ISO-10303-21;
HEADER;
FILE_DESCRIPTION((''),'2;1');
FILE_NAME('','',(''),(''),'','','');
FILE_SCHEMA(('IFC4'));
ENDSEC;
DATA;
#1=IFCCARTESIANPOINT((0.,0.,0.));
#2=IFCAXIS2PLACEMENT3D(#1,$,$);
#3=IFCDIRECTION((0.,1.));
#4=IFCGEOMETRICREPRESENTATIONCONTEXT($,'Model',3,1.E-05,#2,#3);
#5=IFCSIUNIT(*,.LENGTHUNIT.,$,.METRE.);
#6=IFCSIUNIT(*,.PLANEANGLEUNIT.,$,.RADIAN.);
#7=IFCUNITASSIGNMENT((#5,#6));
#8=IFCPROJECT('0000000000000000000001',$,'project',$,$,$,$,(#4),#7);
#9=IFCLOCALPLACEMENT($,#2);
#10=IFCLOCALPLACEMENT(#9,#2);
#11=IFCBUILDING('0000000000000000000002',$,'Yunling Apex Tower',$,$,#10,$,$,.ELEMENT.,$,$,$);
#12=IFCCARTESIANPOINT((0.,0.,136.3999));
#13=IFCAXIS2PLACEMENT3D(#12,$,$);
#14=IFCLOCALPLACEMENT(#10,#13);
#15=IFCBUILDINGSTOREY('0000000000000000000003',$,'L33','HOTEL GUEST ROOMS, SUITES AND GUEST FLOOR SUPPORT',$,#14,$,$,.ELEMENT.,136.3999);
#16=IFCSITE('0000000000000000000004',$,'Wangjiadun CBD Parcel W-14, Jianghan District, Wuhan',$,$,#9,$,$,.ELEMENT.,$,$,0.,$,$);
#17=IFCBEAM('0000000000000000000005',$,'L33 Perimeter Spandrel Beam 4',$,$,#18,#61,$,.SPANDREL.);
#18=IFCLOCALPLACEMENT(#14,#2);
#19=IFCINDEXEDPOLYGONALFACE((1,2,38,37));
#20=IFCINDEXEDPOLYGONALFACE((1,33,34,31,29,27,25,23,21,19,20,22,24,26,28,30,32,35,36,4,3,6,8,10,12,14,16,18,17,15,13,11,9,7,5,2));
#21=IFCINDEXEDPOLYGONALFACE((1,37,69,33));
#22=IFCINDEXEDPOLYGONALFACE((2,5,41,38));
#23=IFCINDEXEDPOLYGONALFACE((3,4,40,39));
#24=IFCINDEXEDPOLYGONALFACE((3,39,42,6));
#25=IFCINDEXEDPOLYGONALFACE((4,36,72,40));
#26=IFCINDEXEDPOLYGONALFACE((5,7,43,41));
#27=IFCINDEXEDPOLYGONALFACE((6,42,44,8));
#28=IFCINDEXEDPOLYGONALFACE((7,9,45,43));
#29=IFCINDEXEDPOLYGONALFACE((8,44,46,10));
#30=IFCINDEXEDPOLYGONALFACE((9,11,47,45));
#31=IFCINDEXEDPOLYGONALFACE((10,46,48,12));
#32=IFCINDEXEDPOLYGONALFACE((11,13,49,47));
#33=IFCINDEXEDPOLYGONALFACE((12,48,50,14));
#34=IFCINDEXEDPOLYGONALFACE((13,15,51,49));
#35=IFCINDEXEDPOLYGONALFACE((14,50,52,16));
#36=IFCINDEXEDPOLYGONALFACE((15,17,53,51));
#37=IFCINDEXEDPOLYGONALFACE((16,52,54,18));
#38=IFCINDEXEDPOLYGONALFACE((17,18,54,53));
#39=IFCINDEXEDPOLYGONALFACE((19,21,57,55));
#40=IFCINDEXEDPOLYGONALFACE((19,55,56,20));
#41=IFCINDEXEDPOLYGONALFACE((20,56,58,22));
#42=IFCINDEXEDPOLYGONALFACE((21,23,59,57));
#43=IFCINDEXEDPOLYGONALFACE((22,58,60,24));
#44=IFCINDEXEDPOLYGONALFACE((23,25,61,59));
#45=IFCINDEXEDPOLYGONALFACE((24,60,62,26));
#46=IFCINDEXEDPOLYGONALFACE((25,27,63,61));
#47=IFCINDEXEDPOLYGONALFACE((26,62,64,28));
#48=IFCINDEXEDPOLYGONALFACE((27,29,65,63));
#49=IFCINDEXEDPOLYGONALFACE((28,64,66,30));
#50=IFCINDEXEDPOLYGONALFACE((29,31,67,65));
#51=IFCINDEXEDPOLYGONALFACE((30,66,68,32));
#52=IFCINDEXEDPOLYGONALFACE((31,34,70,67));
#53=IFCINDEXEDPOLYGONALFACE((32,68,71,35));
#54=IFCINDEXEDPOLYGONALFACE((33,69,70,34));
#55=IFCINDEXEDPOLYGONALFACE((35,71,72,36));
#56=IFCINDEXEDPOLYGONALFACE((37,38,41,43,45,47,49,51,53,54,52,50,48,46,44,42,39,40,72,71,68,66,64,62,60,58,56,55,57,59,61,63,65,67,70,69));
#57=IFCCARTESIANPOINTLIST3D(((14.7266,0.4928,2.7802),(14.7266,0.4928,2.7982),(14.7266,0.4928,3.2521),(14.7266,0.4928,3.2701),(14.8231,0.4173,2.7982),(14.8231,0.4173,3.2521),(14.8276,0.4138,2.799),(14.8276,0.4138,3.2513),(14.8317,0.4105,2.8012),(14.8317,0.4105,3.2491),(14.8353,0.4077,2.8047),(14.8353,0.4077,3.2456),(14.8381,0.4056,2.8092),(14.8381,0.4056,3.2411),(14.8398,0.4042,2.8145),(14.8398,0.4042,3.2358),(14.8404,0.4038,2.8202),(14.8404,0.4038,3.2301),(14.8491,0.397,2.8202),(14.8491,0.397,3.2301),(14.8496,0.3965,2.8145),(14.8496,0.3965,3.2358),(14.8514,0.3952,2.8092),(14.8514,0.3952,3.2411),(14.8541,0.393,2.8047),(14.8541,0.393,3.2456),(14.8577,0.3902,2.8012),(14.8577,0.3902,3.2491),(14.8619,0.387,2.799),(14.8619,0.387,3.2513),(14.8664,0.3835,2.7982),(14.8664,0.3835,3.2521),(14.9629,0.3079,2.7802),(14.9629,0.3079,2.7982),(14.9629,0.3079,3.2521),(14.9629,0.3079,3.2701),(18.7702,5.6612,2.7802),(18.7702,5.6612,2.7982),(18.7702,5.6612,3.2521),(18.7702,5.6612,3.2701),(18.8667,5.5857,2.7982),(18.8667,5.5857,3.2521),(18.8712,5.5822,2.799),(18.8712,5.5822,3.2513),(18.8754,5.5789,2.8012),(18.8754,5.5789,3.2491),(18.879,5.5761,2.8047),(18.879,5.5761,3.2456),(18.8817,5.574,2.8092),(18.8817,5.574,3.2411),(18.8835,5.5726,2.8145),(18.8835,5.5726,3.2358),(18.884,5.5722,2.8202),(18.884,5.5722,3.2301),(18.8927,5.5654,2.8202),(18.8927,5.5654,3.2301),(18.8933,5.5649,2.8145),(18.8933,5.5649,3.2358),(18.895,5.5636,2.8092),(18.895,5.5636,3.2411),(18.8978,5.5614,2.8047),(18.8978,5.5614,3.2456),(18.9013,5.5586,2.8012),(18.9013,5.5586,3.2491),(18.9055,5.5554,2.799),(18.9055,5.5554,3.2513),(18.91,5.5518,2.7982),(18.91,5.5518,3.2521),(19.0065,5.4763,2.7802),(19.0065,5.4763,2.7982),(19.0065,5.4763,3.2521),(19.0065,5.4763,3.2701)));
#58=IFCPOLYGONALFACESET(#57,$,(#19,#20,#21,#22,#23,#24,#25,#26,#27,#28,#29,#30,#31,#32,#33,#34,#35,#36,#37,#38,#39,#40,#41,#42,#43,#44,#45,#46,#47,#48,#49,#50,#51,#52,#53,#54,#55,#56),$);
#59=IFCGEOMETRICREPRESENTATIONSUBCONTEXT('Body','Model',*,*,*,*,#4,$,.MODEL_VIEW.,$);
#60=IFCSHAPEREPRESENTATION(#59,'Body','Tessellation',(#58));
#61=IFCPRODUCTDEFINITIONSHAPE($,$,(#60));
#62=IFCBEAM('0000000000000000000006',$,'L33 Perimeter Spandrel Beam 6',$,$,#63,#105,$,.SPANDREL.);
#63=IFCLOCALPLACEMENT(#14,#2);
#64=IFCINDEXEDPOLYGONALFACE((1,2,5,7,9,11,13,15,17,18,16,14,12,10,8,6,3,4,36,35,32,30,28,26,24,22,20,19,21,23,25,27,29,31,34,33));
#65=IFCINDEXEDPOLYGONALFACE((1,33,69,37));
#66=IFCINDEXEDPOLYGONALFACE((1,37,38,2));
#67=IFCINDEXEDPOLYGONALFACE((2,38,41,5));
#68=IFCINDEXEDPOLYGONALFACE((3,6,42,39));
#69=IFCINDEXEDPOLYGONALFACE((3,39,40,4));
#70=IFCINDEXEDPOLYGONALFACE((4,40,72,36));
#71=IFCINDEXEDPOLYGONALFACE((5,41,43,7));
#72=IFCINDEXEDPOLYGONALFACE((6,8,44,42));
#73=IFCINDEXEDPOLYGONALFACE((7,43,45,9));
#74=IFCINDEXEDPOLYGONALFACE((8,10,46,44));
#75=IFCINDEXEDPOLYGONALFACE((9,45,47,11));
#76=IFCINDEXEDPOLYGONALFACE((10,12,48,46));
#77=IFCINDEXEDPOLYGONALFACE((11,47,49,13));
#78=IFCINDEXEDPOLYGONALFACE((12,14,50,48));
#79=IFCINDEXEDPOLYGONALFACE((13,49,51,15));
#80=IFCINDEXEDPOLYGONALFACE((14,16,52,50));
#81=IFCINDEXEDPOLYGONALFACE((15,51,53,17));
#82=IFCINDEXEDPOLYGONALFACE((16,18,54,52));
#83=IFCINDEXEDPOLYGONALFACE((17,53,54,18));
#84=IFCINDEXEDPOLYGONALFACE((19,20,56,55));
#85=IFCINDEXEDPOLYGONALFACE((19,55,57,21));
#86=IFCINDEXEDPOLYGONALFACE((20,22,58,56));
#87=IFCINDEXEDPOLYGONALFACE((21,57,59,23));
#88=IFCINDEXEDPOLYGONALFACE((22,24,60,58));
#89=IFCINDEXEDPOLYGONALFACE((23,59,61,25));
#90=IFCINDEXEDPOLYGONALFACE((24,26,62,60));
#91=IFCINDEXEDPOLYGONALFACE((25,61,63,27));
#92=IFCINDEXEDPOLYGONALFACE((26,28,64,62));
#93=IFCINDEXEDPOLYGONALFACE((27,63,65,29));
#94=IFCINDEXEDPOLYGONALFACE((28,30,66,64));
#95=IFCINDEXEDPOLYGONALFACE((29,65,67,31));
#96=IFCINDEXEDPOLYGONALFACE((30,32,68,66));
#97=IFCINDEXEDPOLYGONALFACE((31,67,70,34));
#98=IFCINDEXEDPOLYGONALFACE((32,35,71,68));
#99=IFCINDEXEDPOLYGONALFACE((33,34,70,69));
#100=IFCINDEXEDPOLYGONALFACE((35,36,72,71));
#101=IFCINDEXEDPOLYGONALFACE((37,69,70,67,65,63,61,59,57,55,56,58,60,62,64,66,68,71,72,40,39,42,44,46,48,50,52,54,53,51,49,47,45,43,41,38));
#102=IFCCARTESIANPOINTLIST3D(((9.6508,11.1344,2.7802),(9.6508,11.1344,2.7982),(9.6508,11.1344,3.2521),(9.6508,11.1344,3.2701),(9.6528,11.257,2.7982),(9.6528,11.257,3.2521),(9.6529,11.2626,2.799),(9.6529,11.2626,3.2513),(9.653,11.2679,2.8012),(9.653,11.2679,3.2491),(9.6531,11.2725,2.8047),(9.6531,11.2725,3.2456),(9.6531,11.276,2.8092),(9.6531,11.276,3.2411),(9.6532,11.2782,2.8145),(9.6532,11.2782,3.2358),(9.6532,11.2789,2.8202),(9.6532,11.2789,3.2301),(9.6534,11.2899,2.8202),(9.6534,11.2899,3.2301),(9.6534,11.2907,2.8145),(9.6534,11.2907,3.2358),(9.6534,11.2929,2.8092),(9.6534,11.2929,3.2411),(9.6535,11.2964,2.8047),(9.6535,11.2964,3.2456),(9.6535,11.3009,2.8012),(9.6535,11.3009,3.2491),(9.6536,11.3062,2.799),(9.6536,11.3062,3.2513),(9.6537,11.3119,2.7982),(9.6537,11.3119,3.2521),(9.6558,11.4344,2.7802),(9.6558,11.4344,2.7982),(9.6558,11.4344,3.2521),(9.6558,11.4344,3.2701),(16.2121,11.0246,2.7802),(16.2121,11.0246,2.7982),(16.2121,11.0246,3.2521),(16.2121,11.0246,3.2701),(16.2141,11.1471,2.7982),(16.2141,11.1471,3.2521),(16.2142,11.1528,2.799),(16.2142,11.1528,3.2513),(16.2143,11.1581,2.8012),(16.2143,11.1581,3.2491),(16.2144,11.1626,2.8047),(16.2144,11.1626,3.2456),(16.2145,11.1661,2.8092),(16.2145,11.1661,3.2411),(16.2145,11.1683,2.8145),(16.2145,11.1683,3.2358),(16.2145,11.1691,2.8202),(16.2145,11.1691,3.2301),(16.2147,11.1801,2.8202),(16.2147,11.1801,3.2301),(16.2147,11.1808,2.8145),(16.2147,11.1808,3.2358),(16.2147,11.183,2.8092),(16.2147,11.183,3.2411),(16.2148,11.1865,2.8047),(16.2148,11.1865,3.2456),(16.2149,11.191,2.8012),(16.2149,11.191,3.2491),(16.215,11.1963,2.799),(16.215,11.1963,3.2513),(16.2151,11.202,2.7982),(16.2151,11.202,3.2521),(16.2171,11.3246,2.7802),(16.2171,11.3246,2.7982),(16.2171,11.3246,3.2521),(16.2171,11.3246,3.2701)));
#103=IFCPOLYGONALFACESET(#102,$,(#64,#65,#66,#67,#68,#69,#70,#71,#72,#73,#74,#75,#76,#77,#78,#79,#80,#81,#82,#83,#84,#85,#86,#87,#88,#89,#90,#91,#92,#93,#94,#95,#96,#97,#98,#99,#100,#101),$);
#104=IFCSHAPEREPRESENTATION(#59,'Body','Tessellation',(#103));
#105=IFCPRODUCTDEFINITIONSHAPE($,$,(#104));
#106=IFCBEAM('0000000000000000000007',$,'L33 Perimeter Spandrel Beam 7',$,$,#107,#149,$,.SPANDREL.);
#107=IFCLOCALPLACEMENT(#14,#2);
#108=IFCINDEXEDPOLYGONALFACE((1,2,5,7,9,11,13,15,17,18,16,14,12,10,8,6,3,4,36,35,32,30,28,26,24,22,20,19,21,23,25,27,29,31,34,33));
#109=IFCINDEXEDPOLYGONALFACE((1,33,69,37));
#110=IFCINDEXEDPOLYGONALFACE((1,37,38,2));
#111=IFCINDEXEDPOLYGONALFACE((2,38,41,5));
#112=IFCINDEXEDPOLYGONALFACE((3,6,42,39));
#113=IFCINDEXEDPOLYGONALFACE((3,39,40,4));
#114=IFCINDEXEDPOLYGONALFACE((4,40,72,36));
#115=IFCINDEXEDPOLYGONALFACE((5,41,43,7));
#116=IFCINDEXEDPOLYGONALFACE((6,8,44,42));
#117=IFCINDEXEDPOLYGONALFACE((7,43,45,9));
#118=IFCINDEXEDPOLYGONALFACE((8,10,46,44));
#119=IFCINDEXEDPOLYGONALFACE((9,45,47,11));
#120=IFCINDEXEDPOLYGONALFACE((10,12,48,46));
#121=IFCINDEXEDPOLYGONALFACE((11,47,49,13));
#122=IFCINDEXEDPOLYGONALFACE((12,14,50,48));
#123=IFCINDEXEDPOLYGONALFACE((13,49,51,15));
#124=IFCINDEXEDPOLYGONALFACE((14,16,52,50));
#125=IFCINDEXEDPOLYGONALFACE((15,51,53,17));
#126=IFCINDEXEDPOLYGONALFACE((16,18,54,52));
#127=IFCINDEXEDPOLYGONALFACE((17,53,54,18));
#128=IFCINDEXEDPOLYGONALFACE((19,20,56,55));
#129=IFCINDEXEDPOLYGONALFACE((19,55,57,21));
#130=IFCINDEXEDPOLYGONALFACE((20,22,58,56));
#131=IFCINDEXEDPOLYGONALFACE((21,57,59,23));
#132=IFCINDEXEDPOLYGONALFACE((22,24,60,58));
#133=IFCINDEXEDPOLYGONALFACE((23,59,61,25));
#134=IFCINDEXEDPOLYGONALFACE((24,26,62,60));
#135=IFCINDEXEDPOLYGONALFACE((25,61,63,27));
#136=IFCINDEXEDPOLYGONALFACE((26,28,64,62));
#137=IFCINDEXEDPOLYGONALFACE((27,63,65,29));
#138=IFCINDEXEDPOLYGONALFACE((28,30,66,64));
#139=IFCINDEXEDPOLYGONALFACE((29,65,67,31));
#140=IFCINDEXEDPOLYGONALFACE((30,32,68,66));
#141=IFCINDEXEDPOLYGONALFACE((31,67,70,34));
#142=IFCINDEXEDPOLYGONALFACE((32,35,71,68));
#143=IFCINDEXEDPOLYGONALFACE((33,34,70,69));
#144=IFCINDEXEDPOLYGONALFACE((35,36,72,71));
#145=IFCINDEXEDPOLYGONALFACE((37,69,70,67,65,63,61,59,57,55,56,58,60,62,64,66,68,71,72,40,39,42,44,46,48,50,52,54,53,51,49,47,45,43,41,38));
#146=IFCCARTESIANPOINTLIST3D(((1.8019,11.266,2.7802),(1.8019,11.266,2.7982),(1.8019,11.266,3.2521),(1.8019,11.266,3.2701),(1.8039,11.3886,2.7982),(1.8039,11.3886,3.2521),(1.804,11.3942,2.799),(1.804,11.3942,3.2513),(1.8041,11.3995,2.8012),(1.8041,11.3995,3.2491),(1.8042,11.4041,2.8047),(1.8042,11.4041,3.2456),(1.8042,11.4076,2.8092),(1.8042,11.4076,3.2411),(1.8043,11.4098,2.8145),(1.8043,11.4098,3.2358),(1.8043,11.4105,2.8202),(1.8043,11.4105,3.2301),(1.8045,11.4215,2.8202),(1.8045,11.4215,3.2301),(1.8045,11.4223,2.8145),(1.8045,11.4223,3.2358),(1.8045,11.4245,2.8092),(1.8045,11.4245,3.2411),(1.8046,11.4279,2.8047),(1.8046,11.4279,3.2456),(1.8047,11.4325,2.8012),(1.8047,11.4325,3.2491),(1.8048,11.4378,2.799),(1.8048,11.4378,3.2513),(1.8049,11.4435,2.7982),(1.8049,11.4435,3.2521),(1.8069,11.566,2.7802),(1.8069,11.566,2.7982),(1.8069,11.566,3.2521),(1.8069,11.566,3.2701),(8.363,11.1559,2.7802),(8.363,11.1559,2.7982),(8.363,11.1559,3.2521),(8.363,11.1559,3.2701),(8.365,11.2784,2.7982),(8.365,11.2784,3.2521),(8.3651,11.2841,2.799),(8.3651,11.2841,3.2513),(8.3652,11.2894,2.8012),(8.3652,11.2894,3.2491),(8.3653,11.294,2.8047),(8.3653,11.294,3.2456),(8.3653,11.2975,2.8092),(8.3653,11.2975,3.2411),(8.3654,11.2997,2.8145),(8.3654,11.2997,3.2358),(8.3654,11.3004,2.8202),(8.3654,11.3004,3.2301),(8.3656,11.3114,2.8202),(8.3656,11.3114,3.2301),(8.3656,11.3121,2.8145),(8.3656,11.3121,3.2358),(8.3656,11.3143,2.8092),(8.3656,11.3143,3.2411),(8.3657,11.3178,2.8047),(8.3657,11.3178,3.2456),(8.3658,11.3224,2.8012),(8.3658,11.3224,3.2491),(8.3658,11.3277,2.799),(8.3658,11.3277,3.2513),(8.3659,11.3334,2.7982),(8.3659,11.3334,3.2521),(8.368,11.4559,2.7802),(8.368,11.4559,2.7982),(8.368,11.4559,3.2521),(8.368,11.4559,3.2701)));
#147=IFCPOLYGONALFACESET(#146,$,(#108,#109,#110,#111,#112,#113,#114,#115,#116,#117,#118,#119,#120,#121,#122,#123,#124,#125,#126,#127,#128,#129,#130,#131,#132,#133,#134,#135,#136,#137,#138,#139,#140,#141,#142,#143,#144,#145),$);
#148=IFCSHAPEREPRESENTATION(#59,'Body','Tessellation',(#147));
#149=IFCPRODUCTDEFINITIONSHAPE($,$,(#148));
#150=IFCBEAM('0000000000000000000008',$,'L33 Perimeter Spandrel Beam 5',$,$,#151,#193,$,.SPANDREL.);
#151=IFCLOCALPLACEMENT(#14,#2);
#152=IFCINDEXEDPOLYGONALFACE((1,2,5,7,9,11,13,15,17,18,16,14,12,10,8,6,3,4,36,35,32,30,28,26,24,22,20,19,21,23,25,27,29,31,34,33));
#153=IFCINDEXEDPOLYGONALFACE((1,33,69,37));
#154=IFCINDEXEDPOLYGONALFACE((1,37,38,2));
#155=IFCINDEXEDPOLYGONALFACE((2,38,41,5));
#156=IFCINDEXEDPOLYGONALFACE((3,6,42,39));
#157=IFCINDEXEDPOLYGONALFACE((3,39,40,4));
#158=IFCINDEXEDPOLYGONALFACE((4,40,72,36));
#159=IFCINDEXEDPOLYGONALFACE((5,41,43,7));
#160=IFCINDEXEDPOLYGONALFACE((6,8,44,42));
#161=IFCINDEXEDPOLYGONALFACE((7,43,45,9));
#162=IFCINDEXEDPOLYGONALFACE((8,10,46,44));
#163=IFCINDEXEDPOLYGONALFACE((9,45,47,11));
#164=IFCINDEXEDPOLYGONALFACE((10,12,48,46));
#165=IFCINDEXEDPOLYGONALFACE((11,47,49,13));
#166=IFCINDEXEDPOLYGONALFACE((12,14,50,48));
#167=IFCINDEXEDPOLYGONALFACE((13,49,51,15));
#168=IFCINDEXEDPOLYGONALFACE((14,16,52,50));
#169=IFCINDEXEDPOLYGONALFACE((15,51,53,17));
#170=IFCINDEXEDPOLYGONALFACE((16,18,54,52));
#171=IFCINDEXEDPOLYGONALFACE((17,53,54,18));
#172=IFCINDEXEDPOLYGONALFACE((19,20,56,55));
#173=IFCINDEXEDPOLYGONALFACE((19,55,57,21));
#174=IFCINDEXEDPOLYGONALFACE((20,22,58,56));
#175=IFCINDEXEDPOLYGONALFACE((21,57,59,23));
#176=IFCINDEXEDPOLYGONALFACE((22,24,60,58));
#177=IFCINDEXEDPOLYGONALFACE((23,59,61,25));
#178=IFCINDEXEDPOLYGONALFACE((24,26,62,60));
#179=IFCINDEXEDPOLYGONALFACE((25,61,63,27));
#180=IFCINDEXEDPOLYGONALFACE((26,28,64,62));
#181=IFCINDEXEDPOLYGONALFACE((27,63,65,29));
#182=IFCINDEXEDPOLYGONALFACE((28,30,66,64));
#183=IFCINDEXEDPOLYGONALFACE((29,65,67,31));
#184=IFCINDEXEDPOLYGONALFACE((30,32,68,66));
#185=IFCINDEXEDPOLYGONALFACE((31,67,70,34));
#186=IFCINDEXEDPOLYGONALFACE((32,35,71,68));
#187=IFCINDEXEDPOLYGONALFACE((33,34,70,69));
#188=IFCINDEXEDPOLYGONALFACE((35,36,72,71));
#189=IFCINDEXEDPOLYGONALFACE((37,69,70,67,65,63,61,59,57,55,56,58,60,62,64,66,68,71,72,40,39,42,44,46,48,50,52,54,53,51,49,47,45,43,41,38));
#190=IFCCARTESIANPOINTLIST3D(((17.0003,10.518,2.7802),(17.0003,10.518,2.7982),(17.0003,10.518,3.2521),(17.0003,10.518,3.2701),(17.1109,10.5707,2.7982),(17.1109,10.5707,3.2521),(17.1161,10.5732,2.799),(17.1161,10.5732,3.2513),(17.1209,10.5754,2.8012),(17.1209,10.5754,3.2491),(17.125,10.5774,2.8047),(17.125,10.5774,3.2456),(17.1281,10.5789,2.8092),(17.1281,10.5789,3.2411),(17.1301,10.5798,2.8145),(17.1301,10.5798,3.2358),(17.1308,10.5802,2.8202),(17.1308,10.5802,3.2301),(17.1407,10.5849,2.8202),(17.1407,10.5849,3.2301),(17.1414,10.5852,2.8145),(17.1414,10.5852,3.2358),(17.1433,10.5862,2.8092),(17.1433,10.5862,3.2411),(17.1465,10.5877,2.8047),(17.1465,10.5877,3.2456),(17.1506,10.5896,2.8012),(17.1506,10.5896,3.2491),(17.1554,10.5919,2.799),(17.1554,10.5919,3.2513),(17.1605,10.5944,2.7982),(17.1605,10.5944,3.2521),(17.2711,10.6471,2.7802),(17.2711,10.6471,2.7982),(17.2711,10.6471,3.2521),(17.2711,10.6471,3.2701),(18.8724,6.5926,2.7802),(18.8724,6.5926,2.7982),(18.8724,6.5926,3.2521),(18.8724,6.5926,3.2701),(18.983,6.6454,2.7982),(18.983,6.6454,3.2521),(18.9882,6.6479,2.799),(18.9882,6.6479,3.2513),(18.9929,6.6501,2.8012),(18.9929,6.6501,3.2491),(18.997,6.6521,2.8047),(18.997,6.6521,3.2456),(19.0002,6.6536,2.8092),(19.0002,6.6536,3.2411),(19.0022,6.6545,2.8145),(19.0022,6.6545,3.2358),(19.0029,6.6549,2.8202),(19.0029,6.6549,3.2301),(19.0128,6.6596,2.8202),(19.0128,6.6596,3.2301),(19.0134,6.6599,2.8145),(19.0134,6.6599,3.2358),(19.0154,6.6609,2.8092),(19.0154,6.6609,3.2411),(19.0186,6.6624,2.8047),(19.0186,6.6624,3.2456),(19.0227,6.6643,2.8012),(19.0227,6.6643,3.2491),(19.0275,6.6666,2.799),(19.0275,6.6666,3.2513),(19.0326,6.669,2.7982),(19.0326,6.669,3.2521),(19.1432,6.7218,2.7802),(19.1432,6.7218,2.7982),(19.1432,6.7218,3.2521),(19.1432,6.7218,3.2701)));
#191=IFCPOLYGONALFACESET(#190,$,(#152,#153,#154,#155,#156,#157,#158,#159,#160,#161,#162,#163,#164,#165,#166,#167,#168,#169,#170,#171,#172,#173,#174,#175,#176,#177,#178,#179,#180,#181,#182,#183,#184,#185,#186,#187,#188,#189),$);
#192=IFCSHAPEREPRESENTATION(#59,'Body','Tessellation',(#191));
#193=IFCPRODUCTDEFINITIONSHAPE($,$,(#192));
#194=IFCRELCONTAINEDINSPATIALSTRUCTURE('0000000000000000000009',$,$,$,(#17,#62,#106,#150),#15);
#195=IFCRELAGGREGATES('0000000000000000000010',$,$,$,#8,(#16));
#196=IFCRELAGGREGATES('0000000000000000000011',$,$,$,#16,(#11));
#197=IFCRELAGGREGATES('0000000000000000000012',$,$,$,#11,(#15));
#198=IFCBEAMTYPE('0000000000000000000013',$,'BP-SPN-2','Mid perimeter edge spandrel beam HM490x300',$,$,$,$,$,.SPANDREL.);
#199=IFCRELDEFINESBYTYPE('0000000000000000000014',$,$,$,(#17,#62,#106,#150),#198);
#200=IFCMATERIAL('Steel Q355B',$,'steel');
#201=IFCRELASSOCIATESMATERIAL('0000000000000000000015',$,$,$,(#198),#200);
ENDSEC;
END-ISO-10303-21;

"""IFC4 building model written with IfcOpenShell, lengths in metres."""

from ifc_helpers import new_model, si_unit, direction, frame, origin, origin_2d, place, context, subcontext, project, spatial, i_section, extrude, source, transform, mapped, material, material_profile, profile_set, type_object, element, save


model = new_model("IFC4")

# Units and contexts
model_context = context("Model", 3, precision=1e-05, world=origin(), true_north=direction((0.0, 1.0)))
body_context = subcontext(model_context, "Body", "Model", "MODEL_VIEW")
ifc_project = project(units=[si_unit("LENGTHUNIT", "METRE"), si_unit("PLANEANGLEUNIT", "RADIAN")], contexts=[model_context])

# Site, building, storey
site_placement = place(None, origin())
site = spatial("IfcSite", under=ifc_project, at=site_placement, Name="Wangjiadun CBD Parcel W-14, Jianghan District, Wuhan", CompositionType="ELEMENT", RefElevation=0.0)
building_placement = place(site_placement, origin())
building = spatial("IfcBuilding", under=site, at=building_placement, Name="Yunling Apex Tower", CompositionType="ELEMENT")
storey_placement = place(building_placement, frame((0.0, 0.0, 136.3999)))
storey = spatial("IfcBuildingStorey", under=building, at=storey_placement, Name="L33", Description="HOTEL GUEST ROOMS, SUITES AND GUEST FLOOR SUPPORT", CompositionType="ELEMENT", Elevation=136.3999)

# Beams
ifc_material_1 = material(Name="Steel Q355B", Category="steel")
ifc_material_profile_1 = material_profile(ifc_material_1, i_section(OverallWidth=0.3, OverallDepth=0.49, WebThickness=0.011, FlangeThickness=0.0181, FilletRadius=0.022, at=origin_2d()))
ifc_profile_set_1 = profile_set([ifc_material_profile_1], Name="Steel Q355B")
beam_type_1 = type_object("IfcBeamType", Name="BP-SPN-2", Description="Mid perimeter edge spandrel beam HM490x300", PredefinedType="SPANDREL", material=ifc_profile_set_1)
shared_shape_1 = source(origin(), body_context, "Body", "SweptSolid", [
    extrude(i_section(OverallWidth=0.3, OverallDepth=0.49, WebThickness=0.011, FlangeThickness=0.0181, FilletRadius=0.022, at=origin_2d()), origin(), (0.0, 0.0, 1.0), 6.5623),
])
for number, where, z_axis, x_axis, name in (
    (1, (14.8447, 0.4004, 3.0251), (0.616197, 0.787592, 0.0), (-0.787592, 0.616197, 0.0), "L33 Perimeter Spandrel Beam 4"),
    (2, (16.2146, 11.1746, 3.0251), (-0.99986, 0.016742, 0.0), (-0.016742, -0.99986, 0.0), "L33 Perimeter Spandrel Beam 6"),
):
    element("IfcBeam", number, at=place(storey_placement, frame(where, z_axis=z_axis, x_axis=x_axis)), inside=storey, type_object=beam_type_1, Name=name, PredefinedType="SPANDREL", context=body_context, shape_type="MappedRepresentation", body=[
        mapped(shared_shape_1, transform((0.0, 0.0, 0.0), scale=1.0)),
    ])
shared_shape_2 = source(origin(), body_context, "Body", "SweptSolid", [
    extrude(i_section(OverallWidth=0.3, OverallDepth=0.49, WebThickness=0.011, FlangeThickness=0.0181, FilletRadius=0.022, at=origin_2d()), origin(), (0.0, 0.0, 1.0), 6.562),
])
beam_1_placement = place(storey_placement, frame((8.3655, 11.3059, 3.0251), z_axis=(-0.999859, 0.01678, 0.0), x_axis=(-0.01678, -0.999859, 0.0)))
element("IfcBeam", 3, at=beam_1_placement, inside=storey, type_object=beam_type_1, Name="L33 Perimeter Spandrel Beam 7", PredefinedType="SPANDREL", context=body_context, shape_type="MappedRepresentation", body=[
    mapped(shared_shape_2, transform((0.0, 0.0, 0.0), scale=1.0)),
])
shared_shape_3 = source(origin(), body_context, "Body", "SweptSolid", [
    extrude(i_section(OverallWidth=0.3, OverallDepth=0.49, WebThickness=0.011, FlangeThickness=0.0181, FilletRadius=0.022, at=origin_2d()), origin(), (0.0, 0.0, 1.0), 4.3489),
])
beam_2_placement = place(storey_placement, frame((19.0078, 6.6572, 3.0251), z_axis=(-0.430474, 0.902603, 0.0), x_axis=(-0.902603, -0.430474, 0.0)))
element("IfcBeam", 4, at=beam_2_placement, inside=storey, type_object=beam_type_1, Name="L33 Perimeter Spandrel Beam 5", PredefinedType="SPANDREL", context=body_context, shape_type="MappedRepresentation", body=[
    mapped(shared_shape_3, transform((0.0, 0.0, 0.0), scale=1.0)),
])

save(model, "model.ifc")
